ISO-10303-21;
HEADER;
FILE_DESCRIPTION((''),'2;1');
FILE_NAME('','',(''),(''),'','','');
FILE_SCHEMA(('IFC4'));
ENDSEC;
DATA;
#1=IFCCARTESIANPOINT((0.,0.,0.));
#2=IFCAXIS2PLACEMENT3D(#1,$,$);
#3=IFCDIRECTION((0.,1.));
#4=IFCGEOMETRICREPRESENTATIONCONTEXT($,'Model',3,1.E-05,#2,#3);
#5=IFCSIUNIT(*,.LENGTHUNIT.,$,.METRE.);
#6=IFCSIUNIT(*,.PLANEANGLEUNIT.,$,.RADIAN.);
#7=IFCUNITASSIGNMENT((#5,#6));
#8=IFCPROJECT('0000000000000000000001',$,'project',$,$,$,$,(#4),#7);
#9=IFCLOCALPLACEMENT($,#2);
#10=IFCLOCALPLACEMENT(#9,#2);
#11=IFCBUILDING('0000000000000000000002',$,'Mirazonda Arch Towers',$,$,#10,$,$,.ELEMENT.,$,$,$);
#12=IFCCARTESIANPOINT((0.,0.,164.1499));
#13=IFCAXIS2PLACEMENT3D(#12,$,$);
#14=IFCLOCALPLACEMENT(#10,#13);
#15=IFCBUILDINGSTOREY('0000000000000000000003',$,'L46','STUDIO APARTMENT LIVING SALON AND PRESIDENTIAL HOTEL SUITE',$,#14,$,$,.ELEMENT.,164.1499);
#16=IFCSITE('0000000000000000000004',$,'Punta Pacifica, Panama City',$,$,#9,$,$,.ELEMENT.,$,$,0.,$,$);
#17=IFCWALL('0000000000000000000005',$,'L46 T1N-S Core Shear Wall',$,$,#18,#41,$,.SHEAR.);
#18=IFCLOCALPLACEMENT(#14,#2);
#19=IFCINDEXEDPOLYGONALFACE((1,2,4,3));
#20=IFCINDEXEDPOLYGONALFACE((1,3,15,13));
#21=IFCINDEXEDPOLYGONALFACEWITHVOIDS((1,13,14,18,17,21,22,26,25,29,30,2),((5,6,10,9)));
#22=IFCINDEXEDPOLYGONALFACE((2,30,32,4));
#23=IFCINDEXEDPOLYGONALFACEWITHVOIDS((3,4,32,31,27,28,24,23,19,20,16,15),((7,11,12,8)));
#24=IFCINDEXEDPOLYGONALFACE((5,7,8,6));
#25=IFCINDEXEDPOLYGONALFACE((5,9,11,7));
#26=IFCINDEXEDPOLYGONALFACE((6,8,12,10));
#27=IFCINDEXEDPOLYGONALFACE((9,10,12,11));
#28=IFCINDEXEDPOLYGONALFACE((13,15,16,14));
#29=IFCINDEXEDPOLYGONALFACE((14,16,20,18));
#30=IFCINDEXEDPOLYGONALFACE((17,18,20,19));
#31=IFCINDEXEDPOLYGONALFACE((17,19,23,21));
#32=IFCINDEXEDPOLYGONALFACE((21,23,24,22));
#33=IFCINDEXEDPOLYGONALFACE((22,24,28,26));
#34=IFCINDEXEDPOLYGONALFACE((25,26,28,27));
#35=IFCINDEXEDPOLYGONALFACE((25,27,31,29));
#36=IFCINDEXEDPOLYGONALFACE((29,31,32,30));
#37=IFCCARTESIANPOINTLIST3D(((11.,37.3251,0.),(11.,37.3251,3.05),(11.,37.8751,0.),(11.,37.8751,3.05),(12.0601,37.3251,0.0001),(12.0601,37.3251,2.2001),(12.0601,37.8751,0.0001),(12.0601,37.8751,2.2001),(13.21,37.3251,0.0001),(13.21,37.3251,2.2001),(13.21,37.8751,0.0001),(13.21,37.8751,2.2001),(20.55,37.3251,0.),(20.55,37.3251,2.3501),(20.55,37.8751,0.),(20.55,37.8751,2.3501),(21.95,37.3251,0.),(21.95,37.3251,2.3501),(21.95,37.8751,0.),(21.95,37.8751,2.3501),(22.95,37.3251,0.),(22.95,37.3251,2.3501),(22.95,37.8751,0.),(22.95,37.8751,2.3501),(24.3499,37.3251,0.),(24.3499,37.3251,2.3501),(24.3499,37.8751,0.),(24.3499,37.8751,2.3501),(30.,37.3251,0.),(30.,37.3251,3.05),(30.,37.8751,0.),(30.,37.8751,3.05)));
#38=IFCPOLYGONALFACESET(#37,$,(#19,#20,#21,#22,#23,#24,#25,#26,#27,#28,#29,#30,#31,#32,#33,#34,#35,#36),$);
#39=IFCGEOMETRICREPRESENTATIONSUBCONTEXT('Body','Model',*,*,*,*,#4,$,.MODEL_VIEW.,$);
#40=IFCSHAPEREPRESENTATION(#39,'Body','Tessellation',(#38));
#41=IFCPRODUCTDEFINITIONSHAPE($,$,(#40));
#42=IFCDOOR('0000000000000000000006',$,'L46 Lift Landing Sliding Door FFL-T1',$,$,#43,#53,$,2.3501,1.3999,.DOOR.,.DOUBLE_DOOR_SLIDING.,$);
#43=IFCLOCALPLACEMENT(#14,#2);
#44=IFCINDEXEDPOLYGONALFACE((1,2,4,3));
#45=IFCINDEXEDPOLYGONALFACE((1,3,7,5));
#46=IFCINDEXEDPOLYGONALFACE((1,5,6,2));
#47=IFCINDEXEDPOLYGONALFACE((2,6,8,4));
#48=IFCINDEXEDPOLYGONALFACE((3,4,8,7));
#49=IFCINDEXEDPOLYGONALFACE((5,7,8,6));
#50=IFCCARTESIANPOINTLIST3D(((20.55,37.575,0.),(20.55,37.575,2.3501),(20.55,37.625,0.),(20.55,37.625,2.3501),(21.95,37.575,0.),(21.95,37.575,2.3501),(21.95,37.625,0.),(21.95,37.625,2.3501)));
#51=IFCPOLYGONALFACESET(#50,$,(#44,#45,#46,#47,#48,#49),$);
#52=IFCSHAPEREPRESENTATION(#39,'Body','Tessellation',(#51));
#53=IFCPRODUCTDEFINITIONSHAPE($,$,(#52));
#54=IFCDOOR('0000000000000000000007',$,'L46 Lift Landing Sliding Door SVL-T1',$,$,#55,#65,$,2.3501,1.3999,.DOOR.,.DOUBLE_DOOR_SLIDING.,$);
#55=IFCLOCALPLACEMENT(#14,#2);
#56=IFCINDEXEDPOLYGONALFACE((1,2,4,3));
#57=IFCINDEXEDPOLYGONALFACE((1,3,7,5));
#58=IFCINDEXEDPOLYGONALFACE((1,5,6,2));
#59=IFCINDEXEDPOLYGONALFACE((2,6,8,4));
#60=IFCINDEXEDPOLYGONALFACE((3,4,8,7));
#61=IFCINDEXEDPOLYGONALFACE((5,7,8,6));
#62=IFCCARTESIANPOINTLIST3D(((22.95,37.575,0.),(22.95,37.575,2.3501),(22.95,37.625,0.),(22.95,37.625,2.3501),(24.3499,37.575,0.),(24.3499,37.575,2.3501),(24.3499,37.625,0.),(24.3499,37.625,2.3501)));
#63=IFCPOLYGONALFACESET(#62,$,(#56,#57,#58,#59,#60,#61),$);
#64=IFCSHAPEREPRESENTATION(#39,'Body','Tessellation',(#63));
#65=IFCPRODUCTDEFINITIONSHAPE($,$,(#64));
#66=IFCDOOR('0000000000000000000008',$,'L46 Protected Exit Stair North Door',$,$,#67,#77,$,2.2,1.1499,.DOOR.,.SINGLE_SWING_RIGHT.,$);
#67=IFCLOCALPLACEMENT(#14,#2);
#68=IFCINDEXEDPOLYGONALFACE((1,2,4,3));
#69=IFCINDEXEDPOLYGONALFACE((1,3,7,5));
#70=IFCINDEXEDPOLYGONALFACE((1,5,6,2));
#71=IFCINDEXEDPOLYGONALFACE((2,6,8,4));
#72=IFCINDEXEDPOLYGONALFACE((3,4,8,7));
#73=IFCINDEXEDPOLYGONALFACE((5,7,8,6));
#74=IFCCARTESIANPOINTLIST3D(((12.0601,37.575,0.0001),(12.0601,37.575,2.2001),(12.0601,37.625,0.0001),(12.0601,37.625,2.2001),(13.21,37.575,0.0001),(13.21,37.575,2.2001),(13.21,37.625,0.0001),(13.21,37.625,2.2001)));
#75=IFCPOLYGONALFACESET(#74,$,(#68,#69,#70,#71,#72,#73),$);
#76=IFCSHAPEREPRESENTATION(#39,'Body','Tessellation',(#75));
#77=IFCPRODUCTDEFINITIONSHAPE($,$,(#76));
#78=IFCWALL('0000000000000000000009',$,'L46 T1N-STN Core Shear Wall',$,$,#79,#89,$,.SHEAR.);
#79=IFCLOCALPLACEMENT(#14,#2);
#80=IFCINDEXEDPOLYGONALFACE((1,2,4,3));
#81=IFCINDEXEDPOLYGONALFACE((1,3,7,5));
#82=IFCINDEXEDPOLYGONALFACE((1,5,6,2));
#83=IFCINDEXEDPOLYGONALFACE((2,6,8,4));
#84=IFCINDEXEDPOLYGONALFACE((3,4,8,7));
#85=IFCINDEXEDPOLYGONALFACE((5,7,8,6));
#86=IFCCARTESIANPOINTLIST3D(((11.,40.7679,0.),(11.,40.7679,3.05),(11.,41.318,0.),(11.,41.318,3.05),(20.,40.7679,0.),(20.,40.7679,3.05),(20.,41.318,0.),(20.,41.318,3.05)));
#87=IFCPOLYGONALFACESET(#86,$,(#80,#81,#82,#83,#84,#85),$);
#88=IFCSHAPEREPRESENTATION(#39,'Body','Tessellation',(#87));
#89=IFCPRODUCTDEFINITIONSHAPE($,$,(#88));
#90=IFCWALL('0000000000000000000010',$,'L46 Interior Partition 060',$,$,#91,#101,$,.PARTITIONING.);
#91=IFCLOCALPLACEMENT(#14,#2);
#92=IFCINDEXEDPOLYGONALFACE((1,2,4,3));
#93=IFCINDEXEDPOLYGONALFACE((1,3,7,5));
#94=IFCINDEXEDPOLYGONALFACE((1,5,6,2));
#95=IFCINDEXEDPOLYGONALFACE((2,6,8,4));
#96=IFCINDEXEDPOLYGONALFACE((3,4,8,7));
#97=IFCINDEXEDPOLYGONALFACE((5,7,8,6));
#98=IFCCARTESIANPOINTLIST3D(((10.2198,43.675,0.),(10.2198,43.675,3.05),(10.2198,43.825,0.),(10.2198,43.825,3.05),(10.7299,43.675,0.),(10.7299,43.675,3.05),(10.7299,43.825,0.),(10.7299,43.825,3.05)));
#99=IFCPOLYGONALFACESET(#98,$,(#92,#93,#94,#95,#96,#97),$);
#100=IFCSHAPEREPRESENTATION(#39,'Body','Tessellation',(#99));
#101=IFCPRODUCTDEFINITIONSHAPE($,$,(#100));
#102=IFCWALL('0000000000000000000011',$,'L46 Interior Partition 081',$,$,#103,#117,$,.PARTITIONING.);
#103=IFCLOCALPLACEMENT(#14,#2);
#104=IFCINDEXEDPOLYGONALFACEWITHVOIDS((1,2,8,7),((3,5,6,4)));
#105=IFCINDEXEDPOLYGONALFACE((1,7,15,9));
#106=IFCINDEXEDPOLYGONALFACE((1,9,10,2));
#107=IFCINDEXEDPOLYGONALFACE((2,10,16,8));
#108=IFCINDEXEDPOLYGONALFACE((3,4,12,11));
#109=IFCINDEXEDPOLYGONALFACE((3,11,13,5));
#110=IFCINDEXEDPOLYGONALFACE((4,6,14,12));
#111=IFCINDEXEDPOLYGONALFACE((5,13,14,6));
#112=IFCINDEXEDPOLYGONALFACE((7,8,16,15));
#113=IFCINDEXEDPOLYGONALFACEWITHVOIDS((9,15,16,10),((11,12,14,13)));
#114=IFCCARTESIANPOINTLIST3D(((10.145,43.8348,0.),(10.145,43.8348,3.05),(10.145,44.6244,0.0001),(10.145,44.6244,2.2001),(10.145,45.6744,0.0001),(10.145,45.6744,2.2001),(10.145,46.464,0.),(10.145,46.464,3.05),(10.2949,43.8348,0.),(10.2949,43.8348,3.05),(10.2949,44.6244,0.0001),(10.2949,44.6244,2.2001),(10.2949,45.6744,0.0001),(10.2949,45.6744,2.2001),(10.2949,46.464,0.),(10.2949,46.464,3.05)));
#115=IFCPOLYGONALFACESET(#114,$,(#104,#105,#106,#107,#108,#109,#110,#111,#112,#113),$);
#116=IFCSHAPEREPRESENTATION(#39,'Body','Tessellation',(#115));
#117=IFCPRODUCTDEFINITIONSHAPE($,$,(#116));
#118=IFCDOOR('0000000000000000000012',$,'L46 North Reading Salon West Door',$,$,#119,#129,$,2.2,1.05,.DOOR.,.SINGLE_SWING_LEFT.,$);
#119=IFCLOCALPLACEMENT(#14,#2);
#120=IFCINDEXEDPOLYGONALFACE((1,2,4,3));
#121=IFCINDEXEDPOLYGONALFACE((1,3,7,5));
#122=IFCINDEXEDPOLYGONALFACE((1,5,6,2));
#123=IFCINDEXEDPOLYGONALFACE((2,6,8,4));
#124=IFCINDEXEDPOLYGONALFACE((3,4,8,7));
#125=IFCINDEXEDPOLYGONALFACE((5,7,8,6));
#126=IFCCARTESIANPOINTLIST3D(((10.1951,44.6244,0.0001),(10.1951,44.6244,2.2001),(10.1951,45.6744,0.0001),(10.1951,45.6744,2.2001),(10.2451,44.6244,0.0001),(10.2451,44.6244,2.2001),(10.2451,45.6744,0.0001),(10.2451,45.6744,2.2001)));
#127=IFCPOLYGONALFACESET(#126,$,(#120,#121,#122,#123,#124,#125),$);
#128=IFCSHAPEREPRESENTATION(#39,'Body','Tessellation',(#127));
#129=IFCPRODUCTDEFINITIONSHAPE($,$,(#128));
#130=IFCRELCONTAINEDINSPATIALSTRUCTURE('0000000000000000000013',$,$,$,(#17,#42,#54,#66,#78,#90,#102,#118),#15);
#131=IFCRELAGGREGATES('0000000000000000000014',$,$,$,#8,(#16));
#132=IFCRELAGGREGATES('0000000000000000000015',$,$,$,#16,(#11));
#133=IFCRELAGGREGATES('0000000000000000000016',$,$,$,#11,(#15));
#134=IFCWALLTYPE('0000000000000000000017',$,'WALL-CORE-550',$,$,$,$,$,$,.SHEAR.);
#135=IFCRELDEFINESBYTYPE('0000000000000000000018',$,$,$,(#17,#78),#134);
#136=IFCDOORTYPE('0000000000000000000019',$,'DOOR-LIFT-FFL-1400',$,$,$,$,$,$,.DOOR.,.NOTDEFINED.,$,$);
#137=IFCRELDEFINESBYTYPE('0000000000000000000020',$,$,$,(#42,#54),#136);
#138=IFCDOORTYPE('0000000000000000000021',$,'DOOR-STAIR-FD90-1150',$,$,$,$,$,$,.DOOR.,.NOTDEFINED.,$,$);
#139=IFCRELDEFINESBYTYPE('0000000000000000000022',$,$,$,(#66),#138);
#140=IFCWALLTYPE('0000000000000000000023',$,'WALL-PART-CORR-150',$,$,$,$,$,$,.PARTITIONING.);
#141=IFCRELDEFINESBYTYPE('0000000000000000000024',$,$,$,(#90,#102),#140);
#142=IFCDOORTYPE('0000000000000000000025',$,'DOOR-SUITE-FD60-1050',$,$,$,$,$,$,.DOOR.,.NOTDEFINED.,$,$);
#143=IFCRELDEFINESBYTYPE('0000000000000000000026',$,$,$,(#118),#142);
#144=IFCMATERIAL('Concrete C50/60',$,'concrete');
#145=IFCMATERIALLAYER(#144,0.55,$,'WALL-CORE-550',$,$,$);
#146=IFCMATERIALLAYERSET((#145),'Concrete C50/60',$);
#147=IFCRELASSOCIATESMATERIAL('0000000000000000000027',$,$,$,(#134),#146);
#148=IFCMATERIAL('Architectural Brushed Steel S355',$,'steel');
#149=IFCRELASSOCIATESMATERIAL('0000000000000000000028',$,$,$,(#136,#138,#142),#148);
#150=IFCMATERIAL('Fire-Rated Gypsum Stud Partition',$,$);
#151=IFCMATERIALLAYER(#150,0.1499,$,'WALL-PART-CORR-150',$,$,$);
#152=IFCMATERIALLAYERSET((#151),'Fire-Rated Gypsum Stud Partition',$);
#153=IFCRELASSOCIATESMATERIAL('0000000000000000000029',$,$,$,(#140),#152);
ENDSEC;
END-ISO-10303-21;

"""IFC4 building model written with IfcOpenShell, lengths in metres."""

from ifc_helpers import new_model, si_unit, direction, frame, frame_2d, origin, place, context, subcontext, project, spatial, rectangle, extrude, material, layer, layer_set, type_object, element, fill, save


model = new_model("IFC4")

# Units and contexts
model_context = context("Model", 3, precision=1e-05, world=origin(), true_north=direction((0.0, 1.0)))
body_context = subcontext(model_context, "Body", "Model", "MODEL_VIEW")
ifc_project = project(units=[si_unit("LENGTHUNIT", "METRE"), si_unit("PLANEANGLEUNIT", "RADIAN")], contexts=[model_context])

# Site, building, storey
site_placement = place(None, origin())
site = spatial("IfcSite", under=ifc_project, at=site_placement, Name="Punta Pacifica, Panama City", CompositionType="ELEMENT", RefElevation=0.0)
building_placement = place(site_placement, origin())
building = spatial("IfcBuilding", under=site, at=building_placement, Name="Mirazonda Arch Towers", CompositionType="ELEMENT")
storey_placement = place(building_placement, frame((0.0, 0.0, 164.1499)))
storey = spatial("IfcBuildingStorey", under=building, at=storey_placement, Name="L46", Description="STUDIO APARTMENT LIVING SALON AND PRESIDENTIAL HOTEL SUITE", CompositionType="ELEMENT", Elevation=164.1499)

# Shared definitions
ifc_material_1 = material(Name="Concrete C50/60", Category="concrete")

# Shared definitions
ifc_layer_1 = layer(ifc_material_1, 0.55, Name="WALL-CORE-550")
ifc_layer_set_1 = layer_set([ifc_layer_1], Name="Concrete C50/60")
wall_type_1 = type_object("IfcWallType", Name="WALL-CORE-550", PredefinedType="SHEAR", material=ifc_layer_set_1)

# Wall, openings, doors
wall_1_placement = place(storey_placement, frame((11.0, 37.6001, 0.0), z_axis=(0.0, 0.0, 1.0), x_axis=(1.0, 0.0, 0.0)))
wall_1 = element("IfcWall", 1, at=wall_1_placement, inside=storey, type_object=wall_type_1, Name="L46 T1N-S Core Shear Wall", PredefinedType="SHEAR", context=body_context, shape_type="SweptSolid", body=[
    extrude(rectangle(XDim=19.0, YDim=0.55, at=frame_2d((9.5, 0.0))), origin(), (0.0, 0.0, 1.0), 3.05),
])
opening_1_placement = place(wall_1_placement, frame((1.0601, 0.0, 0.0)))
opening_1 = element("IfcOpeningElement", 2, at=opening_1_placement, cuts=wall_1, PredefinedType="OPENING", context=body_context, shape_type="SweptSolid", body=[
    extrude(rectangle(XDim=1.1499, YDim=2.2, at=frame_2d((0.575, 1.1001))), frame((0.0, 0.2849, 0.0), z_axis=(0.0, -1.0, 0.0), x_axis=(1.0, 0.0, 0.0)), (0.0, 0.0, 1.0), 0.5701),
])
opening_2_placement = place(wall_1_placement, frame((9.55, 0.0, 0.0)))
opening_2 = element("IfcOpeningElement", 3, at=opening_2_placement, cuts=wall_1, PredefinedType="OPENING", context=body_context, shape_type="SweptSolid", body=[
    extrude(rectangle(XDim=1.3999, YDim=2.3501, at=frame_2d((0.7, 1.175))), frame((0.0, 0.2849, 0.0), z_axis=(0.0, -1.0, 0.0), x_axis=(1.0, 0.0, 0.0)), (0.0, 0.0, 1.0), 0.5701),
])
opening_3_placement = place(wall_1_placement, frame((11.95, 0.0, 0.0)))
opening_3 = element("IfcOpeningElement", 4, at=opening_3_placement, cuts=wall_1, PredefinedType="OPENING", context=body_context, shape_type="SweptSolid", body=[
    extrude(rectangle(XDim=1.3999, YDim=2.3501, at=frame_2d((0.7, 1.175))), frame((0.0, 0.2849, 0.0), z_axis=(0.0, -1.0, 0.0), x_axis=(1.0, 0.0, 0.0)), (0.0, 0.0, 1.0), 0.5701),
])
ifc_material_2 = material(Name="Architectural Brushed Steel S355", Category="steel")
door_type_1 = type_object("IfcDoorType", Name="DOOR-LIFT-FFL-1400", OperationType="NOTDEFINED", PredefinedType="DOOR", material=ifc_material_2)
door_1_placement = place(opening_2_placement, origin())
door_1 = element("IfcDoor", 5, at=door_1_placement, inside=storey, type_object=door_type_1, Name="L46 Lift Landing Sliding Door FFL-T1", OperationType="DOUBLE_DOOR_SLIDING", OverallHeight=2.3501, OverallWidth=1.3999, PredefinedType="DOOR", context=body_context, shape_type="SweptSolid", body=[
    extrude(rectangle(XDim=1.3999, YDim=2.3501, at=frame_2d((0.7, 1.175))), frame((0.0, 0.0249, 0.0), z_axis=(0.0, -1.0, 0.0), x_axis=(1.0, 0.0, 0.0)), (0.0, 0.0, 1.0), 0.05),
])
fill(opening_2, door_1)
door_2_placement = place(opening_3_placement, origin())
door_2 = element("IfcDoor", 6, at=door_2_placement, inside=storey, type_object=door_type_1, Name="L46 Lift Landing Sliding Door SVL-T1", OperationType="DOUBLE_DOOR_SLIDING", OverallHeight=2.3501, OverallWidth=1.3999, PredefinedType="DOOR", context=body_context, shape_type="SweptSolid", body=[
    extrude(rectangle(XDim=1.3999, YDim=2.3501, at=frame_2d((0.7, 1.175))), frame((0.0, 0.0249, 0.0), z_axis=(0.0, -1.0, 0.0), x_axis=(1.0, 0.0, 0.0)), (0.0, 0.0, 1.0), 0.05),
])
fill(opening_3, door_2)
door_type_2 = type_object("IfcDoorType", Name="DOOR-STAIR-FD90-1150", OperationType="NOTDEFINED", PredefinedType="DOOR", material=ifc_material_2)
door_3_placement = place(opening_1_placement, origin())
door_3 = element("IfcDoor", 7, at=door_3_placement, inside=storey, type_object=door_type_2, Name="L46 Protected Exit Stair North Door", OperationType="SINGLE_SWING_RIGHT", OverallHeight=2.2, OverallWidth=1.1499, PredefinedType="DOOR", context=body_context, shape_type="SweptSolid", body=[
    extrude(rectangle(XDim=1.1499, YDim=2.2, at=frame_2d((0.575, 1.1001))), frame((0.0, 0.0249, 0.0), z_axis=(0.0, -1.0, 0.0), x_axis=(1.0, 0.0, 0.0)), (0.0, 0.0, 1.0), 0.05),
])
fill(opening_1, door_3)

# Walls
wall_2_placement = place(storey_placement, frame((11.0, 41.043, 0.0), z_axis=(0.0, 0.0, 1.0), x_axis=(1.0, 0.0, 0.0)))
element("IfcWall", 8, at=wall_2_placement, inside=storey, type_object=wall_type_1, Name="L46 T1N-STN Core Shear Wall", PredefinedType="SHEAR", context=body_context, shape_type="SweptSolid", body=[
    extrude(rectangle(XDim=9.0, YDim=0.55, at=frame_2d((4.5, 0.0))), origin(), (0.0, 0.0, 1.0), 3.05),
])
ifc_material_3 = material(Name="Fire-Rated Gypsum Stud Partition")
ifc_layer_2 = layer(ifc_material_3, 0.1499, Name="WALL-PART-CORR-150")
ifc_layer_set_2 = layer_set([ifc_layer_2], Name="Fire-Rated Gypsum Stud Partition")
wall_type_2 = type_object("IfcWallType", Name="WALL-PART-CORR-150", PredefinedType="PARTITIONING", material=ifc_layer_set_2)
wall_3_placement = place(storey_placement, frame((10.22, 43.75, 0.0), z_axis=(0.0, 0.0, 1.0), x_axis=(1.0, 0.0, 0.0)))
element("IfcWall", 9, at=wall_3_placement, inside=storey, type_object=wall_type_2, Name="L46 Interior Partition 060", PredefinedType="PARTITIONING", context=body_context, shape_type="SweptSolid", body=[
    extrude(rectangle(XDim=0.51, YDim=0.1499, at=frame_2d((0.2549, 0.0))), origin(), (0.0, 0.0, 1.0), 3.05),
])

# Wall, opening, door
wall_4_placement = place(storey_placement, frame((10.22, 43.835, 0.0), z_axis=(0.0, 0.0, 1.0), x_axis=(0.0, 1.0, 0.0)))
wall_4 = element("IfcWall", 10, at=wall_4_placement, inside=storey, type_object=wall_type_2, Name="L46 Interior Partition 081", PredefinedType="PARTITIONING", context=body_context, shape_type="SweptSolid", body=[
    extrude(rectangle(XDim=2.6292, YDim=0.1499, at=frame_2d((1.3145, 0.0))), origin(), (0.0, 0.0, 1.0), 3.05),
])
opening_4_placement = place(wall_4_placement, frame((0.7896, 0.0, 0.0)))
opening_4 = element("IfcOpeningElement", 11, at=opening_4_placement, cuts=wall_4, PredefinedType="OPENING", context=body_context, shape_type="SweptSolid", body=[
    extrude(rectangle(XDim=1.05, YDim=2.2, at=frame_2d((0.5249, 1.1001))), frame((0.0, 0.085, 0.0), z_axis=(0.0, -1.0, 0.0), x_axis=(1.0, 0.0, 0.0)), (0.0, 0.0, 1.0), 0.1699),
])
door_type_3 = type_object("IfcDoorType", Name="DOOR-SUITE-FD60-1050", OperationType="NOTDEFINED", PredefinedType="DOOR", material=ifc_material_2)
door_4_placement = place(opening_4_placement, origin())
door_4 = element("IfcDoor", 12, at=door_4_placement, inside=storey, type_object=door_type_3, Name="L46 North Reading Salon West Door", OperationType="SINGLE_SWING_LEFT", OverallHeight=2.2, OverallWidth=1.05, PredefinedType="DOOR", context=body_context, shape_type="SweptSolid", body=[
    extrude(rectangle(XDim=1.05, YDim=2.2, at=frame_2d((0.5249, 1.1001))), frame((0.0, 0.0249, 0.0), z_axis=(0.0, -1.0, 0.0), x_axis=(1.0, 0.0, 0.0)), (0.0, 0.0, 1.0), 0.05),
])
fill(opening_4, door_4)

save(model, "model.ifc")
